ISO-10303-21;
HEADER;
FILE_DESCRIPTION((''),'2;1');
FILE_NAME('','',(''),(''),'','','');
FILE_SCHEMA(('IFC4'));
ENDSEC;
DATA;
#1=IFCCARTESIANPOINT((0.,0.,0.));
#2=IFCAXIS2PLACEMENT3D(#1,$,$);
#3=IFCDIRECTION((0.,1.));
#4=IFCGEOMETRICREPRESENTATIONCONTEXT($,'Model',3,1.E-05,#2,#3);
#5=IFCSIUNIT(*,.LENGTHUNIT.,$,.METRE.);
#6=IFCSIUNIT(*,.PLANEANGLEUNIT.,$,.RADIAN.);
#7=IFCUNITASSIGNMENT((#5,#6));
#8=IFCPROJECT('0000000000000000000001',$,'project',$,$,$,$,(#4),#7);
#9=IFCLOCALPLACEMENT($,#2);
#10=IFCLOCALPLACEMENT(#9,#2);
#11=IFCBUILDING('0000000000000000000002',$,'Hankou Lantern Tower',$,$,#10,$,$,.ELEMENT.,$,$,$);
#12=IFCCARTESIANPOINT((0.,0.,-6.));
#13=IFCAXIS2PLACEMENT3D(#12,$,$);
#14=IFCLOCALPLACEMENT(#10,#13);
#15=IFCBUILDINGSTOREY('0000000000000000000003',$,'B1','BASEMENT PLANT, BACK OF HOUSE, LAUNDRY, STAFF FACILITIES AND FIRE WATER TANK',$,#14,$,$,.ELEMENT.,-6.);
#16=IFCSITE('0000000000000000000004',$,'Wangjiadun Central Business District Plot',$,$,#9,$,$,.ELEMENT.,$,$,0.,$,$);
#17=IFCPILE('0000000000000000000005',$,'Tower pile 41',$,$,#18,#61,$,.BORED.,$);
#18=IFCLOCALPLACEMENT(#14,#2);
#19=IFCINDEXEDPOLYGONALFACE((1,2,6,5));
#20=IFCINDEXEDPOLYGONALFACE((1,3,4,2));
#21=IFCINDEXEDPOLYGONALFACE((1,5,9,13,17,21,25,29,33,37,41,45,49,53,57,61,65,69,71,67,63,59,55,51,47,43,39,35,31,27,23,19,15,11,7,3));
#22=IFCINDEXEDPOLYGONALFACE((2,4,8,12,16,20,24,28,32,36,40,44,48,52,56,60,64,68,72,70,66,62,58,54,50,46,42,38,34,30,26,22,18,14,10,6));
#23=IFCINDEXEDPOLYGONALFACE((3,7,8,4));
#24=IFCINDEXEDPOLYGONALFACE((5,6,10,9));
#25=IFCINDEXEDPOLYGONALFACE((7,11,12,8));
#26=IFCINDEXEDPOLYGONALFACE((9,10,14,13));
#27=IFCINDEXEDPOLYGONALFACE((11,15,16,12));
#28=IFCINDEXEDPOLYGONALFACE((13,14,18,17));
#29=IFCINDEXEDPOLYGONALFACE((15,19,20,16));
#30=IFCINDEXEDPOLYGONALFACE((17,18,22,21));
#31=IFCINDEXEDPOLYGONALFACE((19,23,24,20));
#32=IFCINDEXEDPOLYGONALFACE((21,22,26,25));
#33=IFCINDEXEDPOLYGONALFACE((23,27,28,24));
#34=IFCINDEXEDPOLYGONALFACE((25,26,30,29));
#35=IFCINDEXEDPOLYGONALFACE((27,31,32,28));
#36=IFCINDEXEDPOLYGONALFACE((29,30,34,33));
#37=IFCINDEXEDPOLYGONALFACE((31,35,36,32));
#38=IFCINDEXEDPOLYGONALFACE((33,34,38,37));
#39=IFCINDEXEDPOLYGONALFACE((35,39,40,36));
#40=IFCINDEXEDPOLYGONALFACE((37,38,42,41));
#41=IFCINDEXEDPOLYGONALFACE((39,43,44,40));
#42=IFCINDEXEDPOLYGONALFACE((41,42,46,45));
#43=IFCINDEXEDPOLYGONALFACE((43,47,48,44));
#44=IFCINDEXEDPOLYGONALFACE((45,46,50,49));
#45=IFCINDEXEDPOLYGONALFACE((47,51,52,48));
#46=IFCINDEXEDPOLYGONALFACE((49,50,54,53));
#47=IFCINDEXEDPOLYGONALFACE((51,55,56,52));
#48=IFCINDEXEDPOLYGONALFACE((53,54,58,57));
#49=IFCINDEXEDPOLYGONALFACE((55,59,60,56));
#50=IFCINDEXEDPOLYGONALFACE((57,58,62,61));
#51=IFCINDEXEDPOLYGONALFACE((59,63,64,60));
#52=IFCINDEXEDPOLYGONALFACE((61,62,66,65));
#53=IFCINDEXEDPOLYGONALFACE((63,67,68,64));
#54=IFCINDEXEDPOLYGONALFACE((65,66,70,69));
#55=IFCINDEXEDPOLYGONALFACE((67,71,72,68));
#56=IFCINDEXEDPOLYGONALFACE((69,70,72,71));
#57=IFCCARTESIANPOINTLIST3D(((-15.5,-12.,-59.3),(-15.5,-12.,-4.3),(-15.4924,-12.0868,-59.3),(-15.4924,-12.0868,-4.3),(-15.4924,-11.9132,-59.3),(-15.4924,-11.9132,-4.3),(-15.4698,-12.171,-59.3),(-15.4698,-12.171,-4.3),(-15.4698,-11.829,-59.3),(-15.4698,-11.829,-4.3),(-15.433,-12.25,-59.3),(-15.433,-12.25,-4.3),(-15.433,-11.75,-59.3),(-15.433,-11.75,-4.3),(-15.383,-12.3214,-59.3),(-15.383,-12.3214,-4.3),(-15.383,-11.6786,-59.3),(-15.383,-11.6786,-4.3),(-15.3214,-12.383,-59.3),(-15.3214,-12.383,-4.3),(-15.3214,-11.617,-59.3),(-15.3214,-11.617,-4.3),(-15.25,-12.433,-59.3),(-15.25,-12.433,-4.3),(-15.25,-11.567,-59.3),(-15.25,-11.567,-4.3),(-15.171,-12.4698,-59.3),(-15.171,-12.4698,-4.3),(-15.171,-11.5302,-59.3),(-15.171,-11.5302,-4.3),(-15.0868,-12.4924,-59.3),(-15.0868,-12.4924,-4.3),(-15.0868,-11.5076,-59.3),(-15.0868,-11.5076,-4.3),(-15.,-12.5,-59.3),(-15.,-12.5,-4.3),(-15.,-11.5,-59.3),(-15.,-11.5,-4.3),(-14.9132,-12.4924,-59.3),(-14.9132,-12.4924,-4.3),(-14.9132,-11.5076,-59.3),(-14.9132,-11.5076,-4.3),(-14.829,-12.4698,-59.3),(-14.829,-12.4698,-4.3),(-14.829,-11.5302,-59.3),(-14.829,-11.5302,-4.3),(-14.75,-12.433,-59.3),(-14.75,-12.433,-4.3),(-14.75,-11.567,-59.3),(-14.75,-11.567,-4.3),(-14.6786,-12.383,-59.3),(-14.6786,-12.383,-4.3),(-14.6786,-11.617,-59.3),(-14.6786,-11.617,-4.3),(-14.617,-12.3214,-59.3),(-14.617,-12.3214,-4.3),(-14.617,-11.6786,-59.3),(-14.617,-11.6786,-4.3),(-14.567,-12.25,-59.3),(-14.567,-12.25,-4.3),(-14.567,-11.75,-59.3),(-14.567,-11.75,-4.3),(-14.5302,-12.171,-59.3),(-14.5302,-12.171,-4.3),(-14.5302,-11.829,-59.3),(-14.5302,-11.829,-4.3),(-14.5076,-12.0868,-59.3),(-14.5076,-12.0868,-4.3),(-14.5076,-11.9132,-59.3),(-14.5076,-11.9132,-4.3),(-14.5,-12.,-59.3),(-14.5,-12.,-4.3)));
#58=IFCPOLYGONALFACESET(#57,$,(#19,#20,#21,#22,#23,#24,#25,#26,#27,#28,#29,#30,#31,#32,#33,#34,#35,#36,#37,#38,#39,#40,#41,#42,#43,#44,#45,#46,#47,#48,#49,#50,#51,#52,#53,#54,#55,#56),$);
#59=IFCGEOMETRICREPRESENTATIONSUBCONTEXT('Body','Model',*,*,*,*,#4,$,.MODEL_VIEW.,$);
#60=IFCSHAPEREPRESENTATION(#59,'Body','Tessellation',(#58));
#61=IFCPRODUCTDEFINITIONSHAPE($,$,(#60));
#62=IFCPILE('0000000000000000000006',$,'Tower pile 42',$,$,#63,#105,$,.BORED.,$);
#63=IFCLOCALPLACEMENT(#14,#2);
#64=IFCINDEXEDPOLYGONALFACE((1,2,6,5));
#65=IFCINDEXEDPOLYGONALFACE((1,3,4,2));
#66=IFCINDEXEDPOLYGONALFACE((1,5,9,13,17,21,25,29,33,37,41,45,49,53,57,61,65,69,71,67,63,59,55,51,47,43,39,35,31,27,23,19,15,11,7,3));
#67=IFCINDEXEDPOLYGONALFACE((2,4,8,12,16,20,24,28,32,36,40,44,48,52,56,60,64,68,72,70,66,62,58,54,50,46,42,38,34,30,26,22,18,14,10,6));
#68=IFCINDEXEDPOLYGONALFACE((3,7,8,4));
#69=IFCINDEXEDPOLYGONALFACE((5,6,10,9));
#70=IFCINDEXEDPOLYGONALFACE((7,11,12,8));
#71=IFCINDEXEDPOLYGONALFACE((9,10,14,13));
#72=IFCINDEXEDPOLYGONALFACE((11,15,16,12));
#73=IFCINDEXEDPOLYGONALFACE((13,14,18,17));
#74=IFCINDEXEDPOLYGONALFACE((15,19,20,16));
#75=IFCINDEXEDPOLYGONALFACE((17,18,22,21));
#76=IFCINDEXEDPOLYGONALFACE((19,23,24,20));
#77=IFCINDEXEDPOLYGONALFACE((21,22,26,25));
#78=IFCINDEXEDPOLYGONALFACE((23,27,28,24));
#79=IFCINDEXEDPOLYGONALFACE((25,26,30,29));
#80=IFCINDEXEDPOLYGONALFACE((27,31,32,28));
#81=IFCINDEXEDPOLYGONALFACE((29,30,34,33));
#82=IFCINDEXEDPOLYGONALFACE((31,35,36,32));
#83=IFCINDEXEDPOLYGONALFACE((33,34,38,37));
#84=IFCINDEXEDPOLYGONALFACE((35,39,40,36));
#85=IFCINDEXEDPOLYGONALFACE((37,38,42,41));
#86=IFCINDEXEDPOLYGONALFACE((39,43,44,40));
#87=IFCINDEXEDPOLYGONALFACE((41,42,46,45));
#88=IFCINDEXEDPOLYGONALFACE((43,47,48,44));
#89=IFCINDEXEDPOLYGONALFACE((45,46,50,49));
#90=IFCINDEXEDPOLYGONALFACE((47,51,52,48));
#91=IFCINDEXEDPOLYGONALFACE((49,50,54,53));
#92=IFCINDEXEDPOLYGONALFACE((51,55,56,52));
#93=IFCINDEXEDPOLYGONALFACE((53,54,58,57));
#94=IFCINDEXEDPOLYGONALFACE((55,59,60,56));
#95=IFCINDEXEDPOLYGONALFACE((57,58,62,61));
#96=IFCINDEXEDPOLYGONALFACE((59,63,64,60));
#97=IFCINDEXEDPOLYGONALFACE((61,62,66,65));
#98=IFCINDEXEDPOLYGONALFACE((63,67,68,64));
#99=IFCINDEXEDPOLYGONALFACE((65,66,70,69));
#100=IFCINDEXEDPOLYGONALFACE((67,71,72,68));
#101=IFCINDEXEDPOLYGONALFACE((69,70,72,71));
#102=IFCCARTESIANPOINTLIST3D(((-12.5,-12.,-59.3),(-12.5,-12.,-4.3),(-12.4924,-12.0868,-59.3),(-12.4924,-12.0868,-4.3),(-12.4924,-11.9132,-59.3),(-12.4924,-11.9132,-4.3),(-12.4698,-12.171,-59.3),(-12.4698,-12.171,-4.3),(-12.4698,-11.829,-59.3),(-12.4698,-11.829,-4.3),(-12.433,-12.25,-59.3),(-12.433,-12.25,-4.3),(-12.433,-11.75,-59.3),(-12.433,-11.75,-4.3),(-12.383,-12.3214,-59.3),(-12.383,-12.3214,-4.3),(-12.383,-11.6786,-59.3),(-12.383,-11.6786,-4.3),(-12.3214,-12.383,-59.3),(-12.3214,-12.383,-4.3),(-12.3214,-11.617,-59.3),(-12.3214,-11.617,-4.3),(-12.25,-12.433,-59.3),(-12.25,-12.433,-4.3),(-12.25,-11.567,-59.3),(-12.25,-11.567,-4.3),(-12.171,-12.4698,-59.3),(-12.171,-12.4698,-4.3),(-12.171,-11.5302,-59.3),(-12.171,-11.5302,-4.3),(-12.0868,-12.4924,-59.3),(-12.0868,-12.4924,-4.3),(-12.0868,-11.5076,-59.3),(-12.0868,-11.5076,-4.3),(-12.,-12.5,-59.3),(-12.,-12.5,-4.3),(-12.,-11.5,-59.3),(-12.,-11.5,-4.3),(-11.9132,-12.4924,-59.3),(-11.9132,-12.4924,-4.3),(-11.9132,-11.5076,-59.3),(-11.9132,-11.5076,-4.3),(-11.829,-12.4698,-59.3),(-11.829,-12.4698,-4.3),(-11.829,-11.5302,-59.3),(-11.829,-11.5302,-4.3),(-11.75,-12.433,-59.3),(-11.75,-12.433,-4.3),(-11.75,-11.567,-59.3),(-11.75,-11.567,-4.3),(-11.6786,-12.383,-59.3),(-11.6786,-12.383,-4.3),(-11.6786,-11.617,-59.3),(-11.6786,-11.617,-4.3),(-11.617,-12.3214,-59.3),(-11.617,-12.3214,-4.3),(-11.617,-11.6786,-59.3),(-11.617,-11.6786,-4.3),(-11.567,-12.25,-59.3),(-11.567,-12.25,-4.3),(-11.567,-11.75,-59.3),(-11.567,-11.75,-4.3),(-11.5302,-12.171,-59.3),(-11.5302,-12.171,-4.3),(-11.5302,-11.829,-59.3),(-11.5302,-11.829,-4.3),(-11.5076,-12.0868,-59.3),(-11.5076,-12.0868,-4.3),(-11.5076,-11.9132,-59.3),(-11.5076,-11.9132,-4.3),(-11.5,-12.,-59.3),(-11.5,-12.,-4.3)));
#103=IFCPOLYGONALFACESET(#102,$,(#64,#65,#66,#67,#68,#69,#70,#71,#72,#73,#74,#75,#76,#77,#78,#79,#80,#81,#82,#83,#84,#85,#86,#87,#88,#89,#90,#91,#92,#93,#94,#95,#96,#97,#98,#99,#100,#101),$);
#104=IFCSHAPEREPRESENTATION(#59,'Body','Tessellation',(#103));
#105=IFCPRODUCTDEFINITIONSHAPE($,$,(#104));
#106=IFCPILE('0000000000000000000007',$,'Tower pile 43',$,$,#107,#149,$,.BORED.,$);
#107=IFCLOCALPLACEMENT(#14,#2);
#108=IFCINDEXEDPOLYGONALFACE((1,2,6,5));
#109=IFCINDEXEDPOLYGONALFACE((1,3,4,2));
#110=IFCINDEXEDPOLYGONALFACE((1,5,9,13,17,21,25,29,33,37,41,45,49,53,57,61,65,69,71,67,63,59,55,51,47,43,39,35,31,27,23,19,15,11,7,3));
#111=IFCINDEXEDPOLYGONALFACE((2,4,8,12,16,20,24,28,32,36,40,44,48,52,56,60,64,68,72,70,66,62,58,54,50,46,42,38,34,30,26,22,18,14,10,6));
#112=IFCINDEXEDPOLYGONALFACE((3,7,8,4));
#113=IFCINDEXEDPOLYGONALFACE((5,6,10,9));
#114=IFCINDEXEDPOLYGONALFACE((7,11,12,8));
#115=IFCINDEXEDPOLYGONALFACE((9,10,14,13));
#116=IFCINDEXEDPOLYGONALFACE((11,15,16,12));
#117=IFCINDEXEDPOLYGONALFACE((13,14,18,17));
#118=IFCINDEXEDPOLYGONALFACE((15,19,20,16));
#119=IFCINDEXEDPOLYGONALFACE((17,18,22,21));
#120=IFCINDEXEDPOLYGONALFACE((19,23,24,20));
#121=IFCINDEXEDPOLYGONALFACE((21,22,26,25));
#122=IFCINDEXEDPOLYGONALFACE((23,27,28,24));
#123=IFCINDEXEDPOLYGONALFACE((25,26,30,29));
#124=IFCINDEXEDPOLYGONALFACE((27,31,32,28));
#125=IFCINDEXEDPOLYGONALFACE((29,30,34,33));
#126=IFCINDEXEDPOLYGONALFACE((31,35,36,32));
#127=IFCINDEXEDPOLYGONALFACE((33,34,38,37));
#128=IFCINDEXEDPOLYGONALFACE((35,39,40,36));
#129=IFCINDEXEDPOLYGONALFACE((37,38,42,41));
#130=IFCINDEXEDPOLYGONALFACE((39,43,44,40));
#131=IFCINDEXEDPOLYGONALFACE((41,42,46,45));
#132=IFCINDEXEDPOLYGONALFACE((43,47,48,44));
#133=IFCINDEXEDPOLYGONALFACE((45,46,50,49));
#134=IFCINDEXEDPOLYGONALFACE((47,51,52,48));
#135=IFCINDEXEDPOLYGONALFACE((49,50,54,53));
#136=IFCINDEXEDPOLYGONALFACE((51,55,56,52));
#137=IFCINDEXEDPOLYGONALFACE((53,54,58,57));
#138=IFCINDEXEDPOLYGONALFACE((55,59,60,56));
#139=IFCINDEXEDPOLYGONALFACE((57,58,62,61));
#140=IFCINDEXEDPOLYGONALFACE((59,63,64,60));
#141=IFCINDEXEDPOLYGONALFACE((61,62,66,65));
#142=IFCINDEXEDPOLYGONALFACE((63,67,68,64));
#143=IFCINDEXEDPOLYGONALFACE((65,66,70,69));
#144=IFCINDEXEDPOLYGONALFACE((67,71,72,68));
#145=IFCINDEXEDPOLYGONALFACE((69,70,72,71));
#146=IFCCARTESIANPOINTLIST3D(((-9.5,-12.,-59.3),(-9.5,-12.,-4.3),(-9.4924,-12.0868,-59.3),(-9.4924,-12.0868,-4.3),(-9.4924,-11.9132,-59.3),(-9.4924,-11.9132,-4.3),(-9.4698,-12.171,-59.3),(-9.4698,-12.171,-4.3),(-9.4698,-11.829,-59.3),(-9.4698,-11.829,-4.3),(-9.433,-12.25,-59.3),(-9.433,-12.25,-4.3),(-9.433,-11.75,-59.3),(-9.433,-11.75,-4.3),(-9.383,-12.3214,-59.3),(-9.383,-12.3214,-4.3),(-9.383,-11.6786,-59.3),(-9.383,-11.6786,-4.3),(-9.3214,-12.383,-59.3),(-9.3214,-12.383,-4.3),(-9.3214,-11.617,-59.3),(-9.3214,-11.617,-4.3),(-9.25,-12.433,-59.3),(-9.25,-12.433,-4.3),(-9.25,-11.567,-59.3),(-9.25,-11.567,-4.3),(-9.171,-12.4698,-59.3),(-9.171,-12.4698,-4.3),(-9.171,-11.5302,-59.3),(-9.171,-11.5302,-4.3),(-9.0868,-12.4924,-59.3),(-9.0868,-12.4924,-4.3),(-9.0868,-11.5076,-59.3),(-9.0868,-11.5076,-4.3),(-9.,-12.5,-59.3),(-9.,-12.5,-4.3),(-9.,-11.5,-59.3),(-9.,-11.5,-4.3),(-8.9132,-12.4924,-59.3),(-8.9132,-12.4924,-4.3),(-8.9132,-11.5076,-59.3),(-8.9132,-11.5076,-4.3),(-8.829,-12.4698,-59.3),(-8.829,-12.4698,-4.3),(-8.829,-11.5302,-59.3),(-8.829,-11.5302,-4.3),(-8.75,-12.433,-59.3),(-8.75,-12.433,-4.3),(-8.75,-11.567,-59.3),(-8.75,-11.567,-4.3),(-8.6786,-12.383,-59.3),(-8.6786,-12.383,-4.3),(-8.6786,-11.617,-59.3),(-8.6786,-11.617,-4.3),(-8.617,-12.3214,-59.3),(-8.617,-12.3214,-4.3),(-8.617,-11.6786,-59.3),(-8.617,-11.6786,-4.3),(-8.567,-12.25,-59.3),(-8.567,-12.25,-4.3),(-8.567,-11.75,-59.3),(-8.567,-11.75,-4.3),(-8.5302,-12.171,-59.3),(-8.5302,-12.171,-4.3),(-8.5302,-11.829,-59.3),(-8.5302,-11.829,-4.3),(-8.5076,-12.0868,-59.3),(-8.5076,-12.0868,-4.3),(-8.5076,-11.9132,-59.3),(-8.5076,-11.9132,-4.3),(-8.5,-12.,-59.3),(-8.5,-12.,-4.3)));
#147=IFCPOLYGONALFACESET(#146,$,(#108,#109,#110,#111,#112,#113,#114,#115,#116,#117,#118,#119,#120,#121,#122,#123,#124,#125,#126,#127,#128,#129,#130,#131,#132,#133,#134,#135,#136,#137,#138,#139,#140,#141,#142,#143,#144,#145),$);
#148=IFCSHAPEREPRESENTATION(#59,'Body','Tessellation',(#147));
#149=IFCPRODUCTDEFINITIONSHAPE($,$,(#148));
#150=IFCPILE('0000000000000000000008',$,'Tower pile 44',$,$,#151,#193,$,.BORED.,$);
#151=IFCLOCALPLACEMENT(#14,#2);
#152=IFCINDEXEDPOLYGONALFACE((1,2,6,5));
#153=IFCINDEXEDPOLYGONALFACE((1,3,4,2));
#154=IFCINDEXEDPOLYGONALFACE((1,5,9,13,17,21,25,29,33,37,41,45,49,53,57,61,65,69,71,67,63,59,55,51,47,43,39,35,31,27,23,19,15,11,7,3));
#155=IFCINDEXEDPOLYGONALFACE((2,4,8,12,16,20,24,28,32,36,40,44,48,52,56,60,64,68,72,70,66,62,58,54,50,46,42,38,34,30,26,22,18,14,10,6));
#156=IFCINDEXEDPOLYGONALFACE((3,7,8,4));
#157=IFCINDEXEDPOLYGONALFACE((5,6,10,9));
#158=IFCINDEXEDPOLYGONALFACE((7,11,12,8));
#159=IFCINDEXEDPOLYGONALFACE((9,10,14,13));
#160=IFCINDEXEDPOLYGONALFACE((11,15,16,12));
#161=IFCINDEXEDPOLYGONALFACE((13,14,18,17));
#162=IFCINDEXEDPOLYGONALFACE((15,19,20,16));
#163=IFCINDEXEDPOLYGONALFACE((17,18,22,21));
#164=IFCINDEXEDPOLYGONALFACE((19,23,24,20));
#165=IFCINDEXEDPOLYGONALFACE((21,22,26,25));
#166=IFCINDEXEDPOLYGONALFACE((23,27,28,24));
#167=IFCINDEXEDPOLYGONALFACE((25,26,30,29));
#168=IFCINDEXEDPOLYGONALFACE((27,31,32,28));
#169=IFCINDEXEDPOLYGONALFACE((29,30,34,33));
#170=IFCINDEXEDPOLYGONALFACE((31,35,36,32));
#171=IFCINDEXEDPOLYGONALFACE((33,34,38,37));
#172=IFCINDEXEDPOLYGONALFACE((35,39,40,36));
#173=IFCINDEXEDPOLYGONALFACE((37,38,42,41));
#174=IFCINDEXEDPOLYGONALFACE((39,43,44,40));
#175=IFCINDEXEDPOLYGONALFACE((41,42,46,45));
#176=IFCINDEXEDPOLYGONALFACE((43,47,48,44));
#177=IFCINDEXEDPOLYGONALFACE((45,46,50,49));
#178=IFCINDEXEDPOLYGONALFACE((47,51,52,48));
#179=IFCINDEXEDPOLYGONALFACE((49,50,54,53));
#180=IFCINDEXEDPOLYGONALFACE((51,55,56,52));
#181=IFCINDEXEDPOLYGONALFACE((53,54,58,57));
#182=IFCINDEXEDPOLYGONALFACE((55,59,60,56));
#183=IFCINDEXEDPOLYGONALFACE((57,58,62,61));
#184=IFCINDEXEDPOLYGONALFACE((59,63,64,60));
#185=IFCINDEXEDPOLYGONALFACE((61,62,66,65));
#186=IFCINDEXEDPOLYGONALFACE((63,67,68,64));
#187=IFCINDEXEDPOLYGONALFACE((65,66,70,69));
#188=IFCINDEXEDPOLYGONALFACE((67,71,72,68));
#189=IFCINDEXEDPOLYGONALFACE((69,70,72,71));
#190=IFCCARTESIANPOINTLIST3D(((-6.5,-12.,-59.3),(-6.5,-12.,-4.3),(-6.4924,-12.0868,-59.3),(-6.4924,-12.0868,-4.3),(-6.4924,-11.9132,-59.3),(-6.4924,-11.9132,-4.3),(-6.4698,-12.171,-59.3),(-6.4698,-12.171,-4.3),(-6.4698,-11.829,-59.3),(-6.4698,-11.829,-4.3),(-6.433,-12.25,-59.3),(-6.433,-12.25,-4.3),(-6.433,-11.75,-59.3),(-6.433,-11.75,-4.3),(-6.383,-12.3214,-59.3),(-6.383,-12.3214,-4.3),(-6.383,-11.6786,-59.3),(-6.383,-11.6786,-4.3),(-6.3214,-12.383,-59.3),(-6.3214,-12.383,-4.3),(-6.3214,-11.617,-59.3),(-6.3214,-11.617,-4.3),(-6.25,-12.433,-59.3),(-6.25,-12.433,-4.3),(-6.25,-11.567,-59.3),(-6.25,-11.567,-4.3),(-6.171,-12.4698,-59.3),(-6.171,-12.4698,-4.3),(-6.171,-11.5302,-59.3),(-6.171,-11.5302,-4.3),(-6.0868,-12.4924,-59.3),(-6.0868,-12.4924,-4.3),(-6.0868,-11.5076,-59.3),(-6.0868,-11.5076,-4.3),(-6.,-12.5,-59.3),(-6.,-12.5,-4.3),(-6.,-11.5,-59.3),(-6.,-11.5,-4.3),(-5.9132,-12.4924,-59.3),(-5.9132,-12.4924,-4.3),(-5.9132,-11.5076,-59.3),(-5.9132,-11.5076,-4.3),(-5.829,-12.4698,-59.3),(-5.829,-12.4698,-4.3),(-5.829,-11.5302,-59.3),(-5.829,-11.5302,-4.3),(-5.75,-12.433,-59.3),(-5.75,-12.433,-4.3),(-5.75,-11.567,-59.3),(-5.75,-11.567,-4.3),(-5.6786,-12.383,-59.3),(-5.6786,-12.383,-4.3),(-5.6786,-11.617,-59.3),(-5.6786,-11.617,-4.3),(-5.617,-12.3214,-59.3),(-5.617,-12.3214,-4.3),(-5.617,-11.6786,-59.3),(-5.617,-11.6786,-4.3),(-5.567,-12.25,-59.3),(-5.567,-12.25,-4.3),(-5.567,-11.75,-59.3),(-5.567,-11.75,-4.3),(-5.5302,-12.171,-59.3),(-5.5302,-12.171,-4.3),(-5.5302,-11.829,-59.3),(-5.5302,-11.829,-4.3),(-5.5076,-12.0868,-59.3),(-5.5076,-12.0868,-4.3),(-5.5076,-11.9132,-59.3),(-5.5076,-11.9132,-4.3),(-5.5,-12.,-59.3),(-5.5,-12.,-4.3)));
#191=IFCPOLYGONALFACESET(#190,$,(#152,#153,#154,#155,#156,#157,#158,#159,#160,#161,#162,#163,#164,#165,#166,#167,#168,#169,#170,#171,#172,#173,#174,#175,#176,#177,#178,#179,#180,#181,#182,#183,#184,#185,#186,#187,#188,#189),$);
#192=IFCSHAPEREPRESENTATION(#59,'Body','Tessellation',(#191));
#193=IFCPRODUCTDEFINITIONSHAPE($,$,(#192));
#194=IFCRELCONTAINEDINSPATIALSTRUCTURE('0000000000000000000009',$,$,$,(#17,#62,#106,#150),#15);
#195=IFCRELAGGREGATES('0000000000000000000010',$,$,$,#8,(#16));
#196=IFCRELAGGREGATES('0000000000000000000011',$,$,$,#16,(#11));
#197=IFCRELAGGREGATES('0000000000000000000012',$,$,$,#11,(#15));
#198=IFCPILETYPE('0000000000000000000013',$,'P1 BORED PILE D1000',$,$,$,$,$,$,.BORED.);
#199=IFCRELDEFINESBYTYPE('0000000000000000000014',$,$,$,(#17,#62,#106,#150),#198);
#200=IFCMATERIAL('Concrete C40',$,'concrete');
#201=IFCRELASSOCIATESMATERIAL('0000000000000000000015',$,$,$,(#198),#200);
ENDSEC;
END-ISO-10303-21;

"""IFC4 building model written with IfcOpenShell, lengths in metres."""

from ifc_helpers import new_model, si_unit, direction, frame, origin, origin_2d, place, context, subcontext, project, spatial, circle, extrude, material, material_profile, profile_set, type_object, element, save


model = new_model("IFC4")

# Units and contexts
model_context = context("Model", 3, precision=1e-05, world=origin(), true_north=direction((0.0, 1.0)))
body_context = subcontext(model_context, "Body", "Model", "MODEL_VIEW")
ifc_project = project(units=[si_unit("LENGTHUNIT", "METRE"), si_unit("PLANEANGLEUNIT", "RADIAN")], contexts=[model_context])

# Site, building, storey
site_placement = place(None, origin())
site = spatial("IfcSite", under=ifc_project, at=site_placement, Name="Wangjiadun Central Business District Plot", CompositionType="ELEMENT", RefElevation=0.0)
building_placement = place(site_placement, origin())
building = spatial("IfcBuilding", under=site, at=building_placement, Name="Hankou Lantern Tower", CompositionType="ELEMENT")
storey_placement = place(building_placement, frame((0.0, 0.0, -6.0)))
storey = spatial("IfcBuildingStorey", under=building, at=storey_placement, Name="B1", Description="BASEMENT PLANT, BACK OF HOUSE, LAUNDRY, STAFF FACILITIES AND FIRE WATER TANK", CompositionType="ELEMENT", Elevation=-6.0)

# Piles
ifc_material_1 = material(Name="Concrete C40", Category="concrete")
ifc_material_profile_1 = material_profile(ifc_material_1, circle(Radius=0.5, at=origin_2d()), Name="RC D1000")
ifc_profile_set_1 = profile_set([ifc_material_profile_1], Name="Concrete C40")
pile_type_1 = type_object("IfcPileType", Name="P1 BORED PILE D1000", PredefinedType="BORED", material=ifc_profile_set_1)
for number, where, z_axis, x_axis, name in (
    (1, (-15.0, -12.0, -4.3), (0.0, 0.0, -1.0), (1.0, 0.0, 0.0), "Tower pile 41"),
    (2, (-12.0, -12.0, -4.3), (0.0, 0.0, -1.0), (1.0, 0.0, 0.0), "Tower pile 42"),
    (3, (-9.0, -12.0, -4.3), (0.0, 0.0, -1.0), (1.0, 0.0, 0.0), "Tower pile 43"),
    (4, (-6.0, -12.0, -4.3), (0.0, 0.0, -1.0), (1.0, 0.0, 0.0), "Tower pile 44"),
):
    element("IfcPile", number, at=place(storey_placement, frame(where, z_axis=z_axis, x_axis=x_axis)), inside=storey, type_object=pile_type_1, Name=name, PredefinedType="BORED", context=body_context, shape_type="SweptSolid", body=[
        extrude(circle(Radius=0.5, at=origin_2d()), origin(), (0.0, 0.0, 1.0), 55.0),
    ])

save(model, "model.ifc")
